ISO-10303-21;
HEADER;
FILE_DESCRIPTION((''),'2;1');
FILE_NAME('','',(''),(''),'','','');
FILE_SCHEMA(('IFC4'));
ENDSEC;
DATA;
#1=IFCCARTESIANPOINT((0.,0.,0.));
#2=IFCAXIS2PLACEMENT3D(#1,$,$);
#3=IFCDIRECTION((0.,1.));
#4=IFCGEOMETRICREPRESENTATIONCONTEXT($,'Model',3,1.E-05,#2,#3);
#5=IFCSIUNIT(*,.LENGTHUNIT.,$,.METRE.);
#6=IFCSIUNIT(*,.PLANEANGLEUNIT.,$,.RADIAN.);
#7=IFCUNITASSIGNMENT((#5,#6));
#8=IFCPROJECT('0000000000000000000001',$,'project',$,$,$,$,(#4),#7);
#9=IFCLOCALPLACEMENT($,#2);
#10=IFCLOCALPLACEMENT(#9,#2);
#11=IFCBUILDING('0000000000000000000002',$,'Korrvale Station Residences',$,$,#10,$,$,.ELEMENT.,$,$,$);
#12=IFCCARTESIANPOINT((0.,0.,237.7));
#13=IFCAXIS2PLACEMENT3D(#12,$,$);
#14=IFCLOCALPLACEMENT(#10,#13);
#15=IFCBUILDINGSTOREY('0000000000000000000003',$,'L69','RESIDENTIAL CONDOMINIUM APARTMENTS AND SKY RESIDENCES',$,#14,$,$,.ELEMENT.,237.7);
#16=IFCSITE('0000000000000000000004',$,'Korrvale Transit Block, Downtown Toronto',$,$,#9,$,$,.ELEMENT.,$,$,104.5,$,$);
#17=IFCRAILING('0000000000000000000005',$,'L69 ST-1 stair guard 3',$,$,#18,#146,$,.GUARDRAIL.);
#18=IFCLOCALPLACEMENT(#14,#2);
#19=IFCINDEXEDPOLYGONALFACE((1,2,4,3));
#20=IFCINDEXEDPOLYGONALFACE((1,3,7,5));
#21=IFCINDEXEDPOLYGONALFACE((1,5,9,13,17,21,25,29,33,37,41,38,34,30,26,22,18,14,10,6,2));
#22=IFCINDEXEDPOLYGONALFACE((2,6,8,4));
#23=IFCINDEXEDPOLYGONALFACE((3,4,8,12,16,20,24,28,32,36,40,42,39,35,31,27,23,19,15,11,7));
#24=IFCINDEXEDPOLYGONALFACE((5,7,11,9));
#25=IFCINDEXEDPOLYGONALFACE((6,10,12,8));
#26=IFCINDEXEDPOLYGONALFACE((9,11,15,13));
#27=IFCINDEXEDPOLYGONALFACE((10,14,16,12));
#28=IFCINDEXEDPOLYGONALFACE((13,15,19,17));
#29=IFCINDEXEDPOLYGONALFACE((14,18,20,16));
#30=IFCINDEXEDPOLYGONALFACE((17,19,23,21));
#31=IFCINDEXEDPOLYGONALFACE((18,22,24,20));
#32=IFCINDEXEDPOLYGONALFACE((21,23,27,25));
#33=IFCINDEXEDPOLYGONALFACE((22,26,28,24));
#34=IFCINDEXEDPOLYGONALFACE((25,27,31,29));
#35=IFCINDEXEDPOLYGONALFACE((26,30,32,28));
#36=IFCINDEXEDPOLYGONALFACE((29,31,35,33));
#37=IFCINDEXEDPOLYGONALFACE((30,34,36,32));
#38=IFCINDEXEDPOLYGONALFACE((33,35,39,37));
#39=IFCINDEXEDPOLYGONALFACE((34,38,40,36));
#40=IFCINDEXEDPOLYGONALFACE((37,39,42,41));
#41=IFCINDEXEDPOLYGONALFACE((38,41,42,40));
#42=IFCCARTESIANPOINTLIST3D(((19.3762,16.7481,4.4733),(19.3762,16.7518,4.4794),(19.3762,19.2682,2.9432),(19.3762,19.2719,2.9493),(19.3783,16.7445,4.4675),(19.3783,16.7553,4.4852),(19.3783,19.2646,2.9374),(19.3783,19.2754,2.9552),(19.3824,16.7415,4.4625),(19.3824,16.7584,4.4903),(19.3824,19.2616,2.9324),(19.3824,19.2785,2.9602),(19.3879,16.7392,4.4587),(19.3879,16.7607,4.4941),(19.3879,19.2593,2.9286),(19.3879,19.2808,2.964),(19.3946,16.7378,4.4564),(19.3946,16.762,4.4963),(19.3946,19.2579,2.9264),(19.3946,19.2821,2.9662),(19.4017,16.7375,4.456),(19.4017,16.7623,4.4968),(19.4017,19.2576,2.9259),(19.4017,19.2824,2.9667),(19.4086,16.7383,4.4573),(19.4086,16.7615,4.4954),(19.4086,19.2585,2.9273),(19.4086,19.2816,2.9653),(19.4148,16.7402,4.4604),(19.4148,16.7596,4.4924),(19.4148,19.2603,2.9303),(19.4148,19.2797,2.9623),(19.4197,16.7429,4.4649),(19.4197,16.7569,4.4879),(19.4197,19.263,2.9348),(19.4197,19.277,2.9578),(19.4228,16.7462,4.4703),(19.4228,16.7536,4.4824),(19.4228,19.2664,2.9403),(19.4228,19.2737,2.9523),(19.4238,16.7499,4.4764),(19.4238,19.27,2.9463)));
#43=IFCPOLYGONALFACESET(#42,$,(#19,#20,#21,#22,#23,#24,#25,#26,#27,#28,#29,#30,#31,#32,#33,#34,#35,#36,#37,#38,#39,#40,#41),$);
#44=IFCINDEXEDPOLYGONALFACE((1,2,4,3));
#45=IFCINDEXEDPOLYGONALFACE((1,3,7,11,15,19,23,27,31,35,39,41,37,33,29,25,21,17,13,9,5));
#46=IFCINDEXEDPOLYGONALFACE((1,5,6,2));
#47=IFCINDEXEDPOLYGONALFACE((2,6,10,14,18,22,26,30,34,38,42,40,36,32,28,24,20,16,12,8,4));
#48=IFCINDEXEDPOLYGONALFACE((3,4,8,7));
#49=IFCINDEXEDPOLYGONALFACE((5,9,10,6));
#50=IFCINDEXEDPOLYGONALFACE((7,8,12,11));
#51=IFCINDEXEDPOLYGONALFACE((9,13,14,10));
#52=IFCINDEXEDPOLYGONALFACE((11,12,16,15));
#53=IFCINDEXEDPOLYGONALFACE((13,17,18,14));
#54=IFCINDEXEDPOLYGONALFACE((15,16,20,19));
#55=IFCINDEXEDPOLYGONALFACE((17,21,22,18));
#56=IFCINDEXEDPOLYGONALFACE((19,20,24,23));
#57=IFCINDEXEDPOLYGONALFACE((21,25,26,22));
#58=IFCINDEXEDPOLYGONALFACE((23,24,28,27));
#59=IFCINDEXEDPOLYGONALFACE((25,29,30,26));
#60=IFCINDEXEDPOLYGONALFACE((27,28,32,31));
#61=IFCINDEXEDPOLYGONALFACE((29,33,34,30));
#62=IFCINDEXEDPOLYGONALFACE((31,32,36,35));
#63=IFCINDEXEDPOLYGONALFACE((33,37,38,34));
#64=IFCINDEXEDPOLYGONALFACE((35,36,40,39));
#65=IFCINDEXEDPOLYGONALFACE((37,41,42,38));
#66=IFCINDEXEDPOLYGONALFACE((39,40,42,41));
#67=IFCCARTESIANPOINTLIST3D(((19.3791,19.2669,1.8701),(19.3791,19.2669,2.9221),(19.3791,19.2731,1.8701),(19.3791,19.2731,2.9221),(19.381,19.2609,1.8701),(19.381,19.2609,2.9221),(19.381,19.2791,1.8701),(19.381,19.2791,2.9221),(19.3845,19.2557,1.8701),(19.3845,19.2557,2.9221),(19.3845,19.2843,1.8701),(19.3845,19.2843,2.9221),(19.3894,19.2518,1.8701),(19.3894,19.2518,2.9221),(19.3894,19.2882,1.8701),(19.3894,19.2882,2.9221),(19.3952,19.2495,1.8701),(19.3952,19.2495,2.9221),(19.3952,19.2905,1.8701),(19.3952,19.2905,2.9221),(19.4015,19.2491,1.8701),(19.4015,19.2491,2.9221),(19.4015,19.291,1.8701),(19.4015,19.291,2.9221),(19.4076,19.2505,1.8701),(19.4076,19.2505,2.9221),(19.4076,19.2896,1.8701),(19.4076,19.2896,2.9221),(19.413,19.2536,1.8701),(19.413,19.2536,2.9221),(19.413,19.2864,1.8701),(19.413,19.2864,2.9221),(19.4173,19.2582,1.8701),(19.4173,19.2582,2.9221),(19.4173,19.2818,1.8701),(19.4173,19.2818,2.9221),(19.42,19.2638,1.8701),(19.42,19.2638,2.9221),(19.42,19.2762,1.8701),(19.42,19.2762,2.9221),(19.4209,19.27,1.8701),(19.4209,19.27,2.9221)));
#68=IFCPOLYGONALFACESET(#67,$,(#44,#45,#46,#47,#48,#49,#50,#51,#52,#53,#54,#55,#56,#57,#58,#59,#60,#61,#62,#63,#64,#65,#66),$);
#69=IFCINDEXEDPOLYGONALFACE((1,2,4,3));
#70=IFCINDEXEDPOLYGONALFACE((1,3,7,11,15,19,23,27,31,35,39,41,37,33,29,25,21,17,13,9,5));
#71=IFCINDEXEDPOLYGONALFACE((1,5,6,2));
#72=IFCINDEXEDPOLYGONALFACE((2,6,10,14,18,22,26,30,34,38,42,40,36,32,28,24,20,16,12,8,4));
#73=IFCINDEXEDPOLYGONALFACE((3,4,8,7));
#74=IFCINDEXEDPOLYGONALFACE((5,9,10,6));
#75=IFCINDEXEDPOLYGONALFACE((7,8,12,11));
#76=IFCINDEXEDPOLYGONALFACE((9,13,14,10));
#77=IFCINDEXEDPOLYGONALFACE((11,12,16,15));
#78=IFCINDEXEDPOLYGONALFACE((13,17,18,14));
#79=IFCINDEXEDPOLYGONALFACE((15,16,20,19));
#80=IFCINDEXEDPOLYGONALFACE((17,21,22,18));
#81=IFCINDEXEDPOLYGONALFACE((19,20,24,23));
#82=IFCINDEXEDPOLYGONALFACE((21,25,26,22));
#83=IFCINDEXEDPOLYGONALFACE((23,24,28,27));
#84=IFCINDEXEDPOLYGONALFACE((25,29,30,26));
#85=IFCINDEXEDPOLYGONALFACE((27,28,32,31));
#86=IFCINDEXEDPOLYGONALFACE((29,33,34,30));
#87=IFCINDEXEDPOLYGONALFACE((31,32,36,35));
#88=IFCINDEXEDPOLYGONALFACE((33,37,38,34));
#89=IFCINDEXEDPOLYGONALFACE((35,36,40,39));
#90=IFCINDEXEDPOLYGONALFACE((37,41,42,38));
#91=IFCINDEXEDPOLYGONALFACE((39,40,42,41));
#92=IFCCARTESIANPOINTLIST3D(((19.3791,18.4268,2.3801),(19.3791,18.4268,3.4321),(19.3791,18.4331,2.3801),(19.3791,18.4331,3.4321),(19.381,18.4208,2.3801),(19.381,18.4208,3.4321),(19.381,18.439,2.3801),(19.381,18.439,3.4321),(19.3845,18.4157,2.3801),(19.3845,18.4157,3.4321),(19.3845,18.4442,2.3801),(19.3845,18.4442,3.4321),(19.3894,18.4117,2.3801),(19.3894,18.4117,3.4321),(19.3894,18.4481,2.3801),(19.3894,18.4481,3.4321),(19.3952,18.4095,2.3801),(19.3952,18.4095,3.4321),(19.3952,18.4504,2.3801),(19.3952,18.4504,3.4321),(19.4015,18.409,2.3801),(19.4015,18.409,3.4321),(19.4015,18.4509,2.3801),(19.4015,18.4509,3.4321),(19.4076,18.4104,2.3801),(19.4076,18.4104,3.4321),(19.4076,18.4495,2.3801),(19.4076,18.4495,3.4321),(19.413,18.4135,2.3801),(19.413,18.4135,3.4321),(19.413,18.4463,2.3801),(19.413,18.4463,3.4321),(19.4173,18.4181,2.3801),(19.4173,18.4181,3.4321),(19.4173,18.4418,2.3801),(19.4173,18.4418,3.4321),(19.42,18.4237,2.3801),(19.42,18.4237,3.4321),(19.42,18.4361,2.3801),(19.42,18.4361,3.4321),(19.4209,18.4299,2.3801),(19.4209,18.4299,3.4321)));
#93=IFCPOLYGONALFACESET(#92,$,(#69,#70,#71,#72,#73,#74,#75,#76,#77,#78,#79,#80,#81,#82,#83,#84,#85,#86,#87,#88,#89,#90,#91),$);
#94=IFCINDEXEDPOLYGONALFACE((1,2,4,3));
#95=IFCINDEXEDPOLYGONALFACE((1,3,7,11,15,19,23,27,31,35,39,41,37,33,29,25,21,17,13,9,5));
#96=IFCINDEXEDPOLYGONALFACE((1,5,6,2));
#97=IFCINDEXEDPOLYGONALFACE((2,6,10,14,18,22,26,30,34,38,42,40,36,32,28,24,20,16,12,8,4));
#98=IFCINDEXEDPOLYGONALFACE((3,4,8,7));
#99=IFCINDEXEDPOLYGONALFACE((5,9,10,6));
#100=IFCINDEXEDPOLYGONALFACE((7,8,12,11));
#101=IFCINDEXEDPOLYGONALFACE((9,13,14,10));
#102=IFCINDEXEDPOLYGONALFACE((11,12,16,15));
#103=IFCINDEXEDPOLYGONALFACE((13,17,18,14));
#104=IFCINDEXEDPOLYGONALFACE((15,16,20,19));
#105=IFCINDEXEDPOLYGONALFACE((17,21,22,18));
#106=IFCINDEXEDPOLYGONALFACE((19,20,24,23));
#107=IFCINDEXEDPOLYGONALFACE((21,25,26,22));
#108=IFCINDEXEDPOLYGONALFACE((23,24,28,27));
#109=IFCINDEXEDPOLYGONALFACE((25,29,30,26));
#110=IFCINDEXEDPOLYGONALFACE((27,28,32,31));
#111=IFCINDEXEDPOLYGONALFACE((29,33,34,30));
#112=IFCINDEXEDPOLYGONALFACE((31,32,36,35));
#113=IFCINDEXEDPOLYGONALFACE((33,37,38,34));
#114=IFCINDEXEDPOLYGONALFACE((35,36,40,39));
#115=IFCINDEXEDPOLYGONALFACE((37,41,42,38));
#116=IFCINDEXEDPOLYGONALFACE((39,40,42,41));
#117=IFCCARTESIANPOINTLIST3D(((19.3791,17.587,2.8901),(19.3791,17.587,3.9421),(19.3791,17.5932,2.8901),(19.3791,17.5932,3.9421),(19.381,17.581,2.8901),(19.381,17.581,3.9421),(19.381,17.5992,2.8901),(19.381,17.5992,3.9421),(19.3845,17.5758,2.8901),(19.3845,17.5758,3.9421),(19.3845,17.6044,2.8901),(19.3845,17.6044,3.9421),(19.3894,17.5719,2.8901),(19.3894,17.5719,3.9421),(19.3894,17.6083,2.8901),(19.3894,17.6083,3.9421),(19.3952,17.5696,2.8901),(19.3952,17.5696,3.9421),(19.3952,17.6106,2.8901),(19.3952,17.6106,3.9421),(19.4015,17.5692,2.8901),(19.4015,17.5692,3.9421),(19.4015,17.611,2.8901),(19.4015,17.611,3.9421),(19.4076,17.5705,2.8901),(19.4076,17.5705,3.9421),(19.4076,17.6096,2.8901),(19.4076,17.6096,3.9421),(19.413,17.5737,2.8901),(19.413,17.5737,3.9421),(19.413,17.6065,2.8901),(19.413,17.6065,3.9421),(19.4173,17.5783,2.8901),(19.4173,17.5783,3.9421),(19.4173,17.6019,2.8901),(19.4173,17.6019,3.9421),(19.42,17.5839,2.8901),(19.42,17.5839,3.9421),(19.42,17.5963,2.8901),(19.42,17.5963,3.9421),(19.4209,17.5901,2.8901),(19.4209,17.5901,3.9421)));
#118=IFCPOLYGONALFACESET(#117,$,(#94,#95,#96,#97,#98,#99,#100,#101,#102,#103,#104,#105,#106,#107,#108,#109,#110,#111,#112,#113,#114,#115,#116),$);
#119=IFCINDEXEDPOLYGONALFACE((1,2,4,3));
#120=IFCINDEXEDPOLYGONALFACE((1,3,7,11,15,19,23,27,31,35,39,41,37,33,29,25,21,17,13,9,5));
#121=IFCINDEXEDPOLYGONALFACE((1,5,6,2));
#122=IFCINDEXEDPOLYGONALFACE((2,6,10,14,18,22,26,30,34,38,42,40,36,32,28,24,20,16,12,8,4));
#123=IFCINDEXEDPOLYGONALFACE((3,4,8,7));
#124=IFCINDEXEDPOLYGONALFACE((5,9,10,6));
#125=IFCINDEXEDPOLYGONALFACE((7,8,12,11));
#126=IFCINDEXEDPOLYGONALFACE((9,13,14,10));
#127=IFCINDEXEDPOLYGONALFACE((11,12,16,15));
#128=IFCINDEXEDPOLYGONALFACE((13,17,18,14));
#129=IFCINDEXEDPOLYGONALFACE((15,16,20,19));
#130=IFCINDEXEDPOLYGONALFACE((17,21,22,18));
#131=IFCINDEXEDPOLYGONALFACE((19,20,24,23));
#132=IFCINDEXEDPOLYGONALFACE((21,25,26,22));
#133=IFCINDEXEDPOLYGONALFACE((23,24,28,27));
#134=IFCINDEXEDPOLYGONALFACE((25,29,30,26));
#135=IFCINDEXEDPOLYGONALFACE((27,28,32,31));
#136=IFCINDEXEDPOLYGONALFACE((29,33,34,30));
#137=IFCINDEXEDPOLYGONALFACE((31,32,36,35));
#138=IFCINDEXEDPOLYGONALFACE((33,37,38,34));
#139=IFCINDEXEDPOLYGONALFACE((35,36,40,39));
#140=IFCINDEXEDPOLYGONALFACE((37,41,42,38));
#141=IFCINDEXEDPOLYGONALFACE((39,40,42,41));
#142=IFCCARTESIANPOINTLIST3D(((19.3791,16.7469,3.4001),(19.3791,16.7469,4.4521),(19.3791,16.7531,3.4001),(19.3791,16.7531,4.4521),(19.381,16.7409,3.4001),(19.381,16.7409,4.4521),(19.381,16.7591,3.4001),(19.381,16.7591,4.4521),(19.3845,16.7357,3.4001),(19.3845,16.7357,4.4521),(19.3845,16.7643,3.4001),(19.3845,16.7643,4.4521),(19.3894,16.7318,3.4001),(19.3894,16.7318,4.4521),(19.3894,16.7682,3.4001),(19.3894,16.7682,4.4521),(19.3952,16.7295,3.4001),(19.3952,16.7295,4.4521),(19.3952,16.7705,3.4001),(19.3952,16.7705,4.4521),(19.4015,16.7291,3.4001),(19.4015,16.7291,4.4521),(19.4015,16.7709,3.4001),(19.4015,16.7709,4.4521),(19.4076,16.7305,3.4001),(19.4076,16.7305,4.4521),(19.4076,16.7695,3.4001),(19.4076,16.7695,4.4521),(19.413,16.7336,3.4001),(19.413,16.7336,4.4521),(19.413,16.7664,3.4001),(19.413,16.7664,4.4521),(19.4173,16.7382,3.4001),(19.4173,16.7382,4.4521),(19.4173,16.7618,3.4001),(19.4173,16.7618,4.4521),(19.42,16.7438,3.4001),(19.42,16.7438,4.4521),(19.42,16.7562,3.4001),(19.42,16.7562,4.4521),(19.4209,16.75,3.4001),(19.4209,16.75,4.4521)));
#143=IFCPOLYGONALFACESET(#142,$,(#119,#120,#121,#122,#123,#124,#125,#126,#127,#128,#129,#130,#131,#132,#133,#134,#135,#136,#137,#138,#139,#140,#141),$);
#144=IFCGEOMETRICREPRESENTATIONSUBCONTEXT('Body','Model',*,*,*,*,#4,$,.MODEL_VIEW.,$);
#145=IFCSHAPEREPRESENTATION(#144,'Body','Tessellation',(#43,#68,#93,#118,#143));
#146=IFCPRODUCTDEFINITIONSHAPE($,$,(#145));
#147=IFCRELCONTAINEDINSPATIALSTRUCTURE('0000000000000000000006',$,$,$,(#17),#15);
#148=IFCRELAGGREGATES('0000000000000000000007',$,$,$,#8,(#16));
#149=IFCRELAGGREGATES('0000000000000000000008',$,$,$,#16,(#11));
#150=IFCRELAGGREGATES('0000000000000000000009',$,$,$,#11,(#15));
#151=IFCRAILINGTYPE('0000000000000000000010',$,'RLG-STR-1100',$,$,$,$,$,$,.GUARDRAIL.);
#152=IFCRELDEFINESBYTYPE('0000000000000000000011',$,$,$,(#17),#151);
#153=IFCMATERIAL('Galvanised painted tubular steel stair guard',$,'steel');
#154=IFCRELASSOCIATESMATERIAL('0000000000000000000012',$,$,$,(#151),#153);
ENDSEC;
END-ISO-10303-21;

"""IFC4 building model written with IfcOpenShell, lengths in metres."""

from ifc_helpers import new_model, si_unit, direction, frame, origin, origin_2d, place, context, subcontext, project, spatial, circle, extrude, material, type_object, element, save


model = new_model("IFC4")

# Units and contexts
model_context = context("Model", 3, precision=1e-05, world=origin(), true_north=direction((0.0, 1.0)))
body_context = subcontext(model_context, "Body", "Model", "MODEL_VIEW")
ifc_project = project(units=[si_unit("LENGTHUNIT", "METRE"), si_unit("PLANEANGLEUNIT", "RADIAN")], contexts=[model_context])

# Site, building, storey
site_placement = place(None, origin())
site = spatial("IfcSite", under=ifc_project, at=site_placement, Name="Korrvale Transit Block, Downtown Toronto", CompositionType="ELEMENT", RefElevation=104.5)
building_placement = place(site_placement, origin())
building = spatial("IfcBuilding", under=site, at=building_placement, Name="Korrvale Station Residences", CompositionType="ELEMENT")
storey_placement = place(building_placement, frame((0.0, 0.0, 237.7)))
storey = spatial("IfcBuildingStorey", under=building, at=storey_placement, Name="L69", Description="RESIDENTIAL CONDOMINIUM APARTMENTS AND SKY RESIDENCES", CompositionType="ELEMENT", Elevation=237.7)

# Railing
ifc_material_1 = material(Name="Galvanised painted tubular steel stair guard", Category="steel")
railing_type_1 = type_object("IfcRailingType", Name="RLG-STR-1100", PredefinedType="GUARDRAIL", material=ifc_material_1)
railing_1_placement = place(storey_placement, frame((19.3999, 19.27, 1.8701)))
element("IfcRailing", 1, at=railing_1_placement, inside=storey, type_object=railing_type_1, Name="L69 ST-1 stair guard 3", PredefinedType="GUARDRAIL", context=body_context, shape_type="SweptSolid", body=[
    extrude(circle(Radius=0.0239, at=origin_2d()), frame((0.0, 0.0, 1.0762), z_axis=(0.0, -0.854785, 0.518982), x_axis=(1.0, 0.0, 0.0)), (0.0, 0.0, 1.0), 2.9482),
    extrude(circle(Radius=0.021, at=origin_2d()), origin(), (0.0, 0.0, 1.0), 1.052),
    extrude(circle(Radius=0.021, at=origin_2d()), frame((0.0, -0.8401, 0.51)), (0.0, 0.0, 1.0), 1.052),
    extrude(circle(Radius=0.021, at=origin_2d()), frame((0.0, -1.6799, 1.02)), (0.0, 0.0, 1.0), 1.052),
    extrude(circle(Radius=0.021, at=origin_2d()), frame((0.0, -2.52, 1.53)), (0.0, 0.0, 1.0), 1.052),
])

save(model, "model.ifc")
